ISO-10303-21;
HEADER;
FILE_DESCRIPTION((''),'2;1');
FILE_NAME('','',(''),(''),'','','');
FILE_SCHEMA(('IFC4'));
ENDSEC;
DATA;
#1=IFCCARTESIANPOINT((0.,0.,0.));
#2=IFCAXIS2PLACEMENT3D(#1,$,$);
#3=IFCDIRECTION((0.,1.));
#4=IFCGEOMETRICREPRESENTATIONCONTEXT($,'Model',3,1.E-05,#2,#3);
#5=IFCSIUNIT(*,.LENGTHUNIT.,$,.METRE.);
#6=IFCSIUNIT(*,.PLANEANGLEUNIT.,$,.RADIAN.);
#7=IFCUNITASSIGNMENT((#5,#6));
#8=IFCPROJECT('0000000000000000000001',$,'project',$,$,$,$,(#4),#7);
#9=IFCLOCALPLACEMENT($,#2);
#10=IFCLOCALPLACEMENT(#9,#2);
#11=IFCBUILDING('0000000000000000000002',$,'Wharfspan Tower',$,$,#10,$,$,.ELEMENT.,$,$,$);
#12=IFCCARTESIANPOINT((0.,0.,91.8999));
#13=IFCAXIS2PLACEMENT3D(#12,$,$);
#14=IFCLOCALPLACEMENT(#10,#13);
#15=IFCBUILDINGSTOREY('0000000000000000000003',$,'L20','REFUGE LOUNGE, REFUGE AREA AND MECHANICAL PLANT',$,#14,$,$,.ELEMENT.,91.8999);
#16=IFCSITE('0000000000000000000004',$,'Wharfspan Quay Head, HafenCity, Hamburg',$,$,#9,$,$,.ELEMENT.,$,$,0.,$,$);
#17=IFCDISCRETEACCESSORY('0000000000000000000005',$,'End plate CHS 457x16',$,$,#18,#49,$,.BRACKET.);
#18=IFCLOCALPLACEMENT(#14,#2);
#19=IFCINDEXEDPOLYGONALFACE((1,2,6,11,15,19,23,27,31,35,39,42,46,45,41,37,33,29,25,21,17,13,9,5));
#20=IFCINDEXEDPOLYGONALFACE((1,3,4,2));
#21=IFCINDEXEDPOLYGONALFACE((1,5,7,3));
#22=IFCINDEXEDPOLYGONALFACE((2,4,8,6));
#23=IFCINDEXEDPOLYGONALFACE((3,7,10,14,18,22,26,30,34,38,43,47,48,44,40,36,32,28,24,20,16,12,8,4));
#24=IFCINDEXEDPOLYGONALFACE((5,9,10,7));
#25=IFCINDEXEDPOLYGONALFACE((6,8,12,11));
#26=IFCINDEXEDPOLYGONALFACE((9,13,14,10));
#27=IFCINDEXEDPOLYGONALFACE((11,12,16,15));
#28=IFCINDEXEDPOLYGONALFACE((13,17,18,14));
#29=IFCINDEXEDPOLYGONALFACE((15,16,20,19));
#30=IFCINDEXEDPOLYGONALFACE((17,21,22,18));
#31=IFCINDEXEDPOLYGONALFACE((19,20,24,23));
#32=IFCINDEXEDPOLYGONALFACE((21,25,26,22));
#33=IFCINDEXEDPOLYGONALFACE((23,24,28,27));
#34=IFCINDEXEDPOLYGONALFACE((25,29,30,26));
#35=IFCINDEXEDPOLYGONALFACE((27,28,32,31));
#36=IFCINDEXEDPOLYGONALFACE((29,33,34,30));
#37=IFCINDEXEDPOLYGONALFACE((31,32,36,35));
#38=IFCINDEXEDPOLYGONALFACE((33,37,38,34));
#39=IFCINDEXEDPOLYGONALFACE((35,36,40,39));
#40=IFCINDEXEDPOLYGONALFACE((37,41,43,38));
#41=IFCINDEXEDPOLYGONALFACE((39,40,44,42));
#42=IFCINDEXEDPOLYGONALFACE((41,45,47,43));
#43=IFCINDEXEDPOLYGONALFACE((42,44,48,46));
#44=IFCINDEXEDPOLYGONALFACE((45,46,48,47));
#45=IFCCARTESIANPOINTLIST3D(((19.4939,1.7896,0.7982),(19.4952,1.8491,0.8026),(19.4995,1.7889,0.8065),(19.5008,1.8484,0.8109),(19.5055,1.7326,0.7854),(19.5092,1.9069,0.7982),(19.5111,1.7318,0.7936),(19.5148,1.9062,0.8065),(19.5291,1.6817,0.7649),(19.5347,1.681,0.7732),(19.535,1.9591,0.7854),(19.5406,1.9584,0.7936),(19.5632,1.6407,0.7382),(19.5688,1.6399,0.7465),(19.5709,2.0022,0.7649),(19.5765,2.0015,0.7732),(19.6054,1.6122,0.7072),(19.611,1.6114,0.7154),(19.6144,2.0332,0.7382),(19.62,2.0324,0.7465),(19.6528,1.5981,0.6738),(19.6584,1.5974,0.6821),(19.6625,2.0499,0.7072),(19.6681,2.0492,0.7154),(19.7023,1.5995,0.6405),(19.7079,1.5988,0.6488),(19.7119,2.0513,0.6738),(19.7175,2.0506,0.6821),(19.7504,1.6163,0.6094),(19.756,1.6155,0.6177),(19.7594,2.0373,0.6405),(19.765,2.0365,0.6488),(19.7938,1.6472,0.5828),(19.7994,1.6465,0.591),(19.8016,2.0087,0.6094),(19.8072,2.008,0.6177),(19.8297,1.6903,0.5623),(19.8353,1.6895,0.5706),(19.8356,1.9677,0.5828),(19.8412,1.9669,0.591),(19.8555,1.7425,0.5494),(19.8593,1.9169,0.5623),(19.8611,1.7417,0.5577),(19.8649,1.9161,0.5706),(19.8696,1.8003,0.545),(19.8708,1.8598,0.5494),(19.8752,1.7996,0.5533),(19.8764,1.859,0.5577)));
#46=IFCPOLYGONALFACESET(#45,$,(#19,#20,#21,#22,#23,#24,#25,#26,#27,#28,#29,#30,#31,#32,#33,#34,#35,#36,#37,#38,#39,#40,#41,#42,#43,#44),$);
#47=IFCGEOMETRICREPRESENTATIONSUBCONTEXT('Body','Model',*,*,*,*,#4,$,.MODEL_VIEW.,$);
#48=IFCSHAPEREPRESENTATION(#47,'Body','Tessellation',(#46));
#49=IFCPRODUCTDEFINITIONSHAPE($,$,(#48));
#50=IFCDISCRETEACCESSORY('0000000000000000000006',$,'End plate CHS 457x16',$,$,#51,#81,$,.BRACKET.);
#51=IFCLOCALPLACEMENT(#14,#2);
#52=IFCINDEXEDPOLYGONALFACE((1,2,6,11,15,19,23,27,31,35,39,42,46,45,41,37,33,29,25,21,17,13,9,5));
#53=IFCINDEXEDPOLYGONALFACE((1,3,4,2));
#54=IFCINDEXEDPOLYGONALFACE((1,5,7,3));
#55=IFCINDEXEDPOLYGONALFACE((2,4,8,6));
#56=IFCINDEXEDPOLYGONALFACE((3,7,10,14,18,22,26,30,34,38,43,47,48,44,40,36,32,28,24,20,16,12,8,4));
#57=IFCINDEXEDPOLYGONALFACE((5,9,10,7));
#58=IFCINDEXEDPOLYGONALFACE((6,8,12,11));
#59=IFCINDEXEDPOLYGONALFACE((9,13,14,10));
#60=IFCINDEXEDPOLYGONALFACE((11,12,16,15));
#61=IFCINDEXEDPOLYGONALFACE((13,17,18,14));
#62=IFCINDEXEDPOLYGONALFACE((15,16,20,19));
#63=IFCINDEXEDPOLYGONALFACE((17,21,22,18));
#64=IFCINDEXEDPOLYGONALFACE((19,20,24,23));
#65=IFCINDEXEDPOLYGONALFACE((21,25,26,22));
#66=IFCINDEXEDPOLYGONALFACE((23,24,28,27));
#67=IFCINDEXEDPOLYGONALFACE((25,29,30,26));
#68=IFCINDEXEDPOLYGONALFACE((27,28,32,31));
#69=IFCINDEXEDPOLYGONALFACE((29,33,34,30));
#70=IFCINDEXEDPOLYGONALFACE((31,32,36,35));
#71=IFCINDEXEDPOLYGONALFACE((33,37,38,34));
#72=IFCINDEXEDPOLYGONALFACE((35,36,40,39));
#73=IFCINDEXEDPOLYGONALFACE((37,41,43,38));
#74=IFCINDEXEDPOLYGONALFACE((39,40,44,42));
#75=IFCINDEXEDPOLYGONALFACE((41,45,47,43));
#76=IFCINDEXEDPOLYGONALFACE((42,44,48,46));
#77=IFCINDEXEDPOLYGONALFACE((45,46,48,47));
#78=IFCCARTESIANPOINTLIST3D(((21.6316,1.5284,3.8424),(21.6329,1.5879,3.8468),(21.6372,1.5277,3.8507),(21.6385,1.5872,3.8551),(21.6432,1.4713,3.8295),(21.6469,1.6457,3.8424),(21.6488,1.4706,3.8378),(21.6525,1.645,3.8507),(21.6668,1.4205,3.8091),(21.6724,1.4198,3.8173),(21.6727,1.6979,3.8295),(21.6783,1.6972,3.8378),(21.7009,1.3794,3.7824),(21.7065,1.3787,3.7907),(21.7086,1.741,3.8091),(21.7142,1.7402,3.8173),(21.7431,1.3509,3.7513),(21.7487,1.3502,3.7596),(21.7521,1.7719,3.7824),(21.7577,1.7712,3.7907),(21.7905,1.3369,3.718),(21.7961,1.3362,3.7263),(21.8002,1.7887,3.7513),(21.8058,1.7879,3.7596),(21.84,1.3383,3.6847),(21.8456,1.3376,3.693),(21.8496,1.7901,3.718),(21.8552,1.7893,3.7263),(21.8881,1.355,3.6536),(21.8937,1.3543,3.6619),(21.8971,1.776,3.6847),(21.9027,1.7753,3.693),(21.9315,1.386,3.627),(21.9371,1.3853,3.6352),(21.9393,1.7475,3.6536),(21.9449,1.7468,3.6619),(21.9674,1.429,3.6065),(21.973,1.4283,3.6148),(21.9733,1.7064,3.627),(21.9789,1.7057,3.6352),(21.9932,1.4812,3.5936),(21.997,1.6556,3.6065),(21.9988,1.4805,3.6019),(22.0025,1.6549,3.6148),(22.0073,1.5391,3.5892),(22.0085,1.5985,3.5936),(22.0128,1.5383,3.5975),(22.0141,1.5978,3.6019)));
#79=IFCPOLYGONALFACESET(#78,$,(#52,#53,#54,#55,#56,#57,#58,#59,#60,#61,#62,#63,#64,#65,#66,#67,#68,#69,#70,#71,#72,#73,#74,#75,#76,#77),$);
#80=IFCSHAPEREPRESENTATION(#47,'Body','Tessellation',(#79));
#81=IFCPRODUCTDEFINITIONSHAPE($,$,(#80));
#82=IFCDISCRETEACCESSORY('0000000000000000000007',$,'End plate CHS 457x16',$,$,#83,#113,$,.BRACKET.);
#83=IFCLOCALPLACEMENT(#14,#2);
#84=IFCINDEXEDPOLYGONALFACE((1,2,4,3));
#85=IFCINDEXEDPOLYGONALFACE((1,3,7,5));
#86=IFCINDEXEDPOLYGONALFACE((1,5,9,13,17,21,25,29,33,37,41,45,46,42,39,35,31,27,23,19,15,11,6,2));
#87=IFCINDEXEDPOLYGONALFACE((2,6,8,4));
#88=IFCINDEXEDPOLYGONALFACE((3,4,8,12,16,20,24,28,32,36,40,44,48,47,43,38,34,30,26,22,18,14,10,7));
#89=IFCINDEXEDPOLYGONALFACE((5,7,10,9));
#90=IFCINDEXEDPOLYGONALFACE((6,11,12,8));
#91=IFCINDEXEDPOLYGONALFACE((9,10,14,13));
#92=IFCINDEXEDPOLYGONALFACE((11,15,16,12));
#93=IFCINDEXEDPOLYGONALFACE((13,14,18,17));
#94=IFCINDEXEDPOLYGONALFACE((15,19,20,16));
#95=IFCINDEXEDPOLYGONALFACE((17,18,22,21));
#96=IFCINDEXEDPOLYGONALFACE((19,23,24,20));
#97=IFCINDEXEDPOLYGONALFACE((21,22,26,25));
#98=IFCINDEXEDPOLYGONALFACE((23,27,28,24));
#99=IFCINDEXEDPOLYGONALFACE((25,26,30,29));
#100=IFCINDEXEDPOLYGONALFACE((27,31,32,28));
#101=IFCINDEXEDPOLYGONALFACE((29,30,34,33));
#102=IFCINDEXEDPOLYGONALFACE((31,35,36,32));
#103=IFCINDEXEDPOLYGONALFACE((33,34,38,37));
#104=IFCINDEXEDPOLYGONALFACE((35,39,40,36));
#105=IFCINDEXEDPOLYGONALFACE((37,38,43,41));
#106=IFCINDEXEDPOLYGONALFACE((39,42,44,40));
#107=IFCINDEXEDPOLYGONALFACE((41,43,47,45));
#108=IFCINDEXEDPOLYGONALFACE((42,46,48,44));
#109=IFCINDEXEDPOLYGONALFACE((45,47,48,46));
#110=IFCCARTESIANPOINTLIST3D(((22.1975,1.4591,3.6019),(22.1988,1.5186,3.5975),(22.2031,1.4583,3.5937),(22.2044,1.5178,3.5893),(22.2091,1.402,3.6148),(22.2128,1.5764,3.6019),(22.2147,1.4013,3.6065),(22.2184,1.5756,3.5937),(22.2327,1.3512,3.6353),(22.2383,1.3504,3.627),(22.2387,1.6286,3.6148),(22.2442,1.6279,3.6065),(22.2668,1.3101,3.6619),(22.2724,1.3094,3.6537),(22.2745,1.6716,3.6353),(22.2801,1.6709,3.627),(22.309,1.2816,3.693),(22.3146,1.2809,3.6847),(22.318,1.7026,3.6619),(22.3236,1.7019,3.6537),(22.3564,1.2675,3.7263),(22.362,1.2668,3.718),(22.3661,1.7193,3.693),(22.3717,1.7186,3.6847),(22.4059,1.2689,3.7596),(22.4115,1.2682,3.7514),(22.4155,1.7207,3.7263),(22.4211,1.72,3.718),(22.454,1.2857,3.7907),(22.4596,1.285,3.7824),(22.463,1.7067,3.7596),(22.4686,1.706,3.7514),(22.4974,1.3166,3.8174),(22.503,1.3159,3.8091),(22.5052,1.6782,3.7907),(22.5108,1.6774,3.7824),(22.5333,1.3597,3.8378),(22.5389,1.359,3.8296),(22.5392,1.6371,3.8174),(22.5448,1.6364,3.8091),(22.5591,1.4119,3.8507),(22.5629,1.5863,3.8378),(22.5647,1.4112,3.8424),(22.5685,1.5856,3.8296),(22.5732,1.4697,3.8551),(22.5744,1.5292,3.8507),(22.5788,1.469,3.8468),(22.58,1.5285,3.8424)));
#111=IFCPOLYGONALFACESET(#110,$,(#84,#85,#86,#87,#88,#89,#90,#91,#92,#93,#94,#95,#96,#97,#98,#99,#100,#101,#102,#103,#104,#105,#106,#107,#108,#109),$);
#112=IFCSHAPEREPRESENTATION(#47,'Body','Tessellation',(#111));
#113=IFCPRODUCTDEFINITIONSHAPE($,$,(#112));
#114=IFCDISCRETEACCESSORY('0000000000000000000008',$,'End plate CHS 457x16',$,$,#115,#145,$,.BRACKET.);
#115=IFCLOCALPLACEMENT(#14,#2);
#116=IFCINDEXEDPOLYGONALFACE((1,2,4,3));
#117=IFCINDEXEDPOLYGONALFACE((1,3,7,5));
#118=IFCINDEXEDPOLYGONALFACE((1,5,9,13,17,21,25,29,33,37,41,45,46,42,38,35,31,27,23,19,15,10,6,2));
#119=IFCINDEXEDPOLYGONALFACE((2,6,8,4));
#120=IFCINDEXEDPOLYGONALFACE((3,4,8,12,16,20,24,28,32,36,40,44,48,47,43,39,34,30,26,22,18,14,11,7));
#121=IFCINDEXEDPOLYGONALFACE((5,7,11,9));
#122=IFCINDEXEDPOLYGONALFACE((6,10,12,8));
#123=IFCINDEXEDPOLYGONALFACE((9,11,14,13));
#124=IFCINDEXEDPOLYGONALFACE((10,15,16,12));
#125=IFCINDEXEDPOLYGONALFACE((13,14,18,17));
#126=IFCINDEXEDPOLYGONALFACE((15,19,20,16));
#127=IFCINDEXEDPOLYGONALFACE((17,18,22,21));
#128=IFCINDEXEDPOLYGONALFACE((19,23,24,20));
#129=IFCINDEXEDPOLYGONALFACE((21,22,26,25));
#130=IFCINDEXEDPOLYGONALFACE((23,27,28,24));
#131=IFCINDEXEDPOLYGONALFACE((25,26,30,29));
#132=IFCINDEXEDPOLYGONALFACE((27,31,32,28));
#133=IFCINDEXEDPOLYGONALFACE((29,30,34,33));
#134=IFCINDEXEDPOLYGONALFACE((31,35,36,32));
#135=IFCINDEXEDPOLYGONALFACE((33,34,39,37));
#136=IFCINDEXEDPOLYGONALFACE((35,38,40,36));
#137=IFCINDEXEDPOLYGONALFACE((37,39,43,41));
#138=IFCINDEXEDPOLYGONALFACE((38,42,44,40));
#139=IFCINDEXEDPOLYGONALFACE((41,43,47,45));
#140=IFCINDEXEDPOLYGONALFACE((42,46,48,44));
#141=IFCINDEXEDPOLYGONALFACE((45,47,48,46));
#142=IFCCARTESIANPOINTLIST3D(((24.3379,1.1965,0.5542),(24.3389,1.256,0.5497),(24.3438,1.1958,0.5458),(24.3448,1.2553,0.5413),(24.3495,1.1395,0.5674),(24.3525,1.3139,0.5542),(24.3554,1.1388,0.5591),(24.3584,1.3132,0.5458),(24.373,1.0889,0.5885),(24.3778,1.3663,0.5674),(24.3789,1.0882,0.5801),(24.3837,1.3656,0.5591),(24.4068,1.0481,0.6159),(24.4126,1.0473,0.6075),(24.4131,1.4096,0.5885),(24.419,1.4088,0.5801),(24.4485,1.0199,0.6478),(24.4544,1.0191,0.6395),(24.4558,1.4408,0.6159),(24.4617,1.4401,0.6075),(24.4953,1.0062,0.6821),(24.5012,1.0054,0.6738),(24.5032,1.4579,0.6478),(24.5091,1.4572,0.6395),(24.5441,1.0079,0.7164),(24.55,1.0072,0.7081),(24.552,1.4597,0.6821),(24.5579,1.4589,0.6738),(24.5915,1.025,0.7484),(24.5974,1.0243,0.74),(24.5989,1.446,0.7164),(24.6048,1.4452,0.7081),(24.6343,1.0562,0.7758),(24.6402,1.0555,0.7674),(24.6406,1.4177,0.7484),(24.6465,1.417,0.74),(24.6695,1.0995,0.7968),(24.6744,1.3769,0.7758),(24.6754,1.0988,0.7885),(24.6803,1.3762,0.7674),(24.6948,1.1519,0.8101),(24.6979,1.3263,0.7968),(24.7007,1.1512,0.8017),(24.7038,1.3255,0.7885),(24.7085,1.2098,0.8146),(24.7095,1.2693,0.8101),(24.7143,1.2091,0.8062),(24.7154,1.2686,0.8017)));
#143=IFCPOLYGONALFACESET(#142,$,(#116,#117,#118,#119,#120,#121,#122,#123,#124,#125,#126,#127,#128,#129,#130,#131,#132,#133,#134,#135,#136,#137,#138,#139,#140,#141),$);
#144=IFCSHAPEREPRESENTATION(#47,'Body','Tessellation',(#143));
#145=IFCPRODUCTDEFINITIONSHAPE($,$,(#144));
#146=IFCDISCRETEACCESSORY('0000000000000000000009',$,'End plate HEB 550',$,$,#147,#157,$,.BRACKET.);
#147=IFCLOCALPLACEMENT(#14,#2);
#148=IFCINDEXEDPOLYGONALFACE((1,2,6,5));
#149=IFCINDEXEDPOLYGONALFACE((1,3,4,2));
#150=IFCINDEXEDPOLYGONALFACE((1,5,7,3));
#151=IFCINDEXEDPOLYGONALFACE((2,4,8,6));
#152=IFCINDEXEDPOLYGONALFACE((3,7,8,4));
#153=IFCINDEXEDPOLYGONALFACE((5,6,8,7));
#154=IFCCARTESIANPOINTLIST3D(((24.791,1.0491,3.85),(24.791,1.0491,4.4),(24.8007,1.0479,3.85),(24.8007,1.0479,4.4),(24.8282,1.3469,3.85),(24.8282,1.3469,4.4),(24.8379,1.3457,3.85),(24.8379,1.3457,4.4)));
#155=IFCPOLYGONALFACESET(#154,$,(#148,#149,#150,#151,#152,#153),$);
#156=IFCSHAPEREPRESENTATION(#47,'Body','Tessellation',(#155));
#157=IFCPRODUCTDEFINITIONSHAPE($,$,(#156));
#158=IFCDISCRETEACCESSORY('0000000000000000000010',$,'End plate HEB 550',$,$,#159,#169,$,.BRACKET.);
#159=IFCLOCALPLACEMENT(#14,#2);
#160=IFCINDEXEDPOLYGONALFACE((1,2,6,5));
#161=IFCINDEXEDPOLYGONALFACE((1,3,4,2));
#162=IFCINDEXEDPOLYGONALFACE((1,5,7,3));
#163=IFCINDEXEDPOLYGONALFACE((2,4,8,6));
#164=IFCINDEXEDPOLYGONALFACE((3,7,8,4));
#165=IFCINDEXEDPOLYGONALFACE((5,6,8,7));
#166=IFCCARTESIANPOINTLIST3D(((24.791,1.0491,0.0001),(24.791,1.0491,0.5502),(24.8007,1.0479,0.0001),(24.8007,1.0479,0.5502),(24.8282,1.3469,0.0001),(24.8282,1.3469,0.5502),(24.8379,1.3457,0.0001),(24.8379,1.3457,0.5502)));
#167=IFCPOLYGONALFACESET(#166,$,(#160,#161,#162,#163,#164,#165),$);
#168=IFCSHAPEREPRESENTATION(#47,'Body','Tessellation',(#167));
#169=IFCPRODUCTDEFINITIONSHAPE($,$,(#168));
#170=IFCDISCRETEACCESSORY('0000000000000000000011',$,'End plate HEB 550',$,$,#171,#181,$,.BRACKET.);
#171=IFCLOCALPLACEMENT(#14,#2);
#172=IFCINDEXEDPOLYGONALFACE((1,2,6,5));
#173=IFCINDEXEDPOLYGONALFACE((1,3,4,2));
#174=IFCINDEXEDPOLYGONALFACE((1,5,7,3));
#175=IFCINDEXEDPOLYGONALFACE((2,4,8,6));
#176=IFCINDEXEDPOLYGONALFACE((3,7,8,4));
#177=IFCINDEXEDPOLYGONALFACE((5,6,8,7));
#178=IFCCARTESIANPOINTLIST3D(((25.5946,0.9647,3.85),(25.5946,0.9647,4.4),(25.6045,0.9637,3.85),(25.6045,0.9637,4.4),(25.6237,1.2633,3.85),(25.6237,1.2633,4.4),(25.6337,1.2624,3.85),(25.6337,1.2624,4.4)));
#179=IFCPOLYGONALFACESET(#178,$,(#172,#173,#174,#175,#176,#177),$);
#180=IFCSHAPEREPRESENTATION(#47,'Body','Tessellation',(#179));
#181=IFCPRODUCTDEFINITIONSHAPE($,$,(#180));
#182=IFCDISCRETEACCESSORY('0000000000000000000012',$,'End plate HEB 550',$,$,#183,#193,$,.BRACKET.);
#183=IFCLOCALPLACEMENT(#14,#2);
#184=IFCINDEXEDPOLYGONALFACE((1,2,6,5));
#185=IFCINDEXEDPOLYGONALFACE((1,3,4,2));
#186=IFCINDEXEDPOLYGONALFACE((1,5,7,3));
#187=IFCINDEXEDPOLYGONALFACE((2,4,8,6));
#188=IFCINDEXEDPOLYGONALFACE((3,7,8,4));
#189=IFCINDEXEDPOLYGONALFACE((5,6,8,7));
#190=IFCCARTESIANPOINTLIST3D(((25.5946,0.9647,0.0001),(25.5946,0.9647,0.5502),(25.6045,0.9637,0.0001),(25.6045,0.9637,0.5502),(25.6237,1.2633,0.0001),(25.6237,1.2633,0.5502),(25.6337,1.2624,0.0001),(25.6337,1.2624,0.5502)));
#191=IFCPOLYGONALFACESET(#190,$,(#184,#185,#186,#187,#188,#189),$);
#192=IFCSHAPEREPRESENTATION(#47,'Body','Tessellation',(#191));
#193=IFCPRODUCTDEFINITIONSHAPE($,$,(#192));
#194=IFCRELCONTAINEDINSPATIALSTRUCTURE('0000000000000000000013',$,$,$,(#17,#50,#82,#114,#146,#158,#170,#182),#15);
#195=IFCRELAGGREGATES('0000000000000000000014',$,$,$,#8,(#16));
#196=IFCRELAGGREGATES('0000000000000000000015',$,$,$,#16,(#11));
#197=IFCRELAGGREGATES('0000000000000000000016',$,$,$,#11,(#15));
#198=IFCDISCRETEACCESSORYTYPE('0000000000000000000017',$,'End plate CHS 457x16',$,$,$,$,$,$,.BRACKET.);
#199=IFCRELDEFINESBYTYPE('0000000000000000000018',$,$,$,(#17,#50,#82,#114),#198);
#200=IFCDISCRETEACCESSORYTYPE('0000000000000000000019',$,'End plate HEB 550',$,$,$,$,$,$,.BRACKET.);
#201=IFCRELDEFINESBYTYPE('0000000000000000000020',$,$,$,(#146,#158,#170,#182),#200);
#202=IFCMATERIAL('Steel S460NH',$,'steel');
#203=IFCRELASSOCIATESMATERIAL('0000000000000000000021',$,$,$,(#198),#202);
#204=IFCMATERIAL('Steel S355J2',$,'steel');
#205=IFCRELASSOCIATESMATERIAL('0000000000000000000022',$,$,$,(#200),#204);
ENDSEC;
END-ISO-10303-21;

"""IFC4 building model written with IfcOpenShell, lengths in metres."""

from ifc_helpers import new_model, si_unit, direction, frame, origin, origin_2d, place, context, subcontext, project, spatial, rectangle, circle, extrude, material, material_profile, profile_set, type_object, element, save


model = new_model("IFC4")

# Units and contexts
model_context = context("Model", 3, precision=1e-05, world=origin(), true_north=direction((0.0, 1.0)))
body_context = subcontext(model_context, "Body", "Model", "MODEL_VIEW")
ifc_project = project(units=[si_unit("LENGTHUNIT", "METRE"), si_unit("PLANEANGLEUNIT", "RADIAN")], contexts=[model_context])

# Site, building, storey
site_placement = place(None, origin())
site = spatial("IfcSite", under=ifc_project, at=site_placement, Name="Wharfspan Quay Head, HafenCity, Hamburg", CompositionType="ELEMENT", RefElevation=0.0)
building_placement = place(site_placement, origin())
building = spatial("IfcBuilding", under=site, at=building_placement, Name="Wharfspan Tower", CompositionType="ELEMENT")
storey_placement = place(building_placement, frame((0.0, 0.0, 91.8999)))
storey = spatial("IfcBuildingStorey", under=building, at=storey_placement, Name="L20", Description="REFUGE LOUNGE, REFUGE AREA AND MECHANICAL PLANT", CompositionType="ELEMENT", Elevation=91.8999)

# Shared definitions
ifc_material_1 = material(Name="Steel S355J2", Category="steel")

# Shared definitions
ifc_material_2 = material(Name="Steel S460NH", Category="steel")

# Discrete accessories
ifc_material_profile_1 = material_profile(ifc_material_2, circle(Radius=0.2285, at=origin_2d()))
ifc_profile_set_1 = profile_set([ifc_material_profile_1], Name="Steel S460NH")
discrete_accessory_type_1 = type_object("IfcDiscreteAccessoryType", Name="End plate CHS 457x16", PredefinedType="BRACKET", material=ifc_profile_set_1)
for number, where, z_axis, x_axis, name in (
    (1, (19.6824, 1.8247, 0.6738), (0.558819, -0.072889, 0.82608), (0.129337, 0.991601, 0.000001), "End plate CHS 457x16"),
    (2, (21.8201, 1.5635, 3.718), (0.558819, -0.072889, 0.82608), (0.129337, 0.991601, 0.000001), "End plate CHS 457x16"),
    (3, (22.386, 1.4941, 3.7263), (0.558819, -0.072889, -0.82608), (0.129337, 0.991601, -0.000001), "End plate CHS 457x16"),
):
    element("IfcDiscreteAccessory", number, at=place(storey_placement, frame(where, z_axis=z_axis, x_axis=x_axis)), inside=storey, type_object=discrete_accessory_type_1, Name=name, PredefinedType="BRACKET", context=body_context, shape_type="SweptSolid", body=[
        extrude(circle(Radius=0.2285, at=origin_2d()), origin(), (0.0, 0.0, 1.0), 0.01),
    ])
discrete_accessory_placement = place(storey_placement, frame((24.5237, 1.2329, 0.6821), z_axis=(0.575191, -0.071899, -0.814853), x_axis=(0.124036, 0.992275, 0.000001)))
element("IfcDiscreteAccessory", 4, at=discrete_accessory_placement, inside=storey, type_object=discrete_accessory_type_1, Name="End plate CHS 457x16", PredefinedType="BRACKET", context=body_context, shape_type="SweptSolid", body=[
    extrude(circle(Radius=0.2285, at=origin_2d()), origin(), (0.0, 0.0, 1.0), 0.0103),
])
ifc_material_profile_2 = material_profile(ifc_material_1, rectangle(XDim=0.3, YDim=0.55, at=origin_2d()))
ifc_profile_set_2 = profile_set([ifc_material_profile_2], Name="Steel S355J2")
discrete_accessory_type_2 = type_object("IfcDiscreteAccessoryType", Name="End plate HEB 550", PredefinedType="BRACKET", material=ifc_profile_set_2)
for number, where, z_axis, x_axis, name in (
    (5, (24.8096, 1.198, 4.125), (0.992278, -0.124035, 0.0), (0.124035, 0.992278, 0.0), "End plate HEB 550"),
    (6, (24.8096, 1.198, 0.2751), (0.992278, -0.124035, 0.0), (0.124035, 0.992278, 0.0), "End plate HEB 550"),
):
    element("IfcDiscreteAccessory", number, at=place(storey_placement, frame(where, z_axis=z_axis, x_axis=x_axis)), inside=storey, type_object=discrete_accessory_type_2, Name=name, PredefinedType="BRACKET", context=body_context, shape_type="SweptSolid", body=[
        extrude(rectangle(XDim=0.3, YDim=0.55, at=origin_2d()), origin(), (0.0, 0.0, 1.0), 0.0098),
    ])
for number, where, z_axis, x_axis, name in (
    (7, (25.6091, 1.114, 4.125), (0.995275, -0.0971, 0.0), (0.0971, 0.995275, 0.0), "End plate HEB 550"),
    (8, (25.6091, 1.114, 0.2751), (0.995275, -0.0971, 0.0), (0.0971, 0.995275, 0.0), "End plate HEB 550"),
):
    element("IfcDiscreteAccessory", number, at=place(storey_placement, frame(where, z_axis=z_axis, x_axis=x_axis)), inside=storey, type_object=discrete_accessory_type_2, Name=name, PredefinedType="BRACKET", context=body_context, shape_type="SweptSolid", body=[
        extrude(rectangle(XDim=0.3, YDim=0.55, at=origin_2d()), origin(), (0.0, 0.0, 1.0), 0.01),
    ])

save(model, "model.ifc")
